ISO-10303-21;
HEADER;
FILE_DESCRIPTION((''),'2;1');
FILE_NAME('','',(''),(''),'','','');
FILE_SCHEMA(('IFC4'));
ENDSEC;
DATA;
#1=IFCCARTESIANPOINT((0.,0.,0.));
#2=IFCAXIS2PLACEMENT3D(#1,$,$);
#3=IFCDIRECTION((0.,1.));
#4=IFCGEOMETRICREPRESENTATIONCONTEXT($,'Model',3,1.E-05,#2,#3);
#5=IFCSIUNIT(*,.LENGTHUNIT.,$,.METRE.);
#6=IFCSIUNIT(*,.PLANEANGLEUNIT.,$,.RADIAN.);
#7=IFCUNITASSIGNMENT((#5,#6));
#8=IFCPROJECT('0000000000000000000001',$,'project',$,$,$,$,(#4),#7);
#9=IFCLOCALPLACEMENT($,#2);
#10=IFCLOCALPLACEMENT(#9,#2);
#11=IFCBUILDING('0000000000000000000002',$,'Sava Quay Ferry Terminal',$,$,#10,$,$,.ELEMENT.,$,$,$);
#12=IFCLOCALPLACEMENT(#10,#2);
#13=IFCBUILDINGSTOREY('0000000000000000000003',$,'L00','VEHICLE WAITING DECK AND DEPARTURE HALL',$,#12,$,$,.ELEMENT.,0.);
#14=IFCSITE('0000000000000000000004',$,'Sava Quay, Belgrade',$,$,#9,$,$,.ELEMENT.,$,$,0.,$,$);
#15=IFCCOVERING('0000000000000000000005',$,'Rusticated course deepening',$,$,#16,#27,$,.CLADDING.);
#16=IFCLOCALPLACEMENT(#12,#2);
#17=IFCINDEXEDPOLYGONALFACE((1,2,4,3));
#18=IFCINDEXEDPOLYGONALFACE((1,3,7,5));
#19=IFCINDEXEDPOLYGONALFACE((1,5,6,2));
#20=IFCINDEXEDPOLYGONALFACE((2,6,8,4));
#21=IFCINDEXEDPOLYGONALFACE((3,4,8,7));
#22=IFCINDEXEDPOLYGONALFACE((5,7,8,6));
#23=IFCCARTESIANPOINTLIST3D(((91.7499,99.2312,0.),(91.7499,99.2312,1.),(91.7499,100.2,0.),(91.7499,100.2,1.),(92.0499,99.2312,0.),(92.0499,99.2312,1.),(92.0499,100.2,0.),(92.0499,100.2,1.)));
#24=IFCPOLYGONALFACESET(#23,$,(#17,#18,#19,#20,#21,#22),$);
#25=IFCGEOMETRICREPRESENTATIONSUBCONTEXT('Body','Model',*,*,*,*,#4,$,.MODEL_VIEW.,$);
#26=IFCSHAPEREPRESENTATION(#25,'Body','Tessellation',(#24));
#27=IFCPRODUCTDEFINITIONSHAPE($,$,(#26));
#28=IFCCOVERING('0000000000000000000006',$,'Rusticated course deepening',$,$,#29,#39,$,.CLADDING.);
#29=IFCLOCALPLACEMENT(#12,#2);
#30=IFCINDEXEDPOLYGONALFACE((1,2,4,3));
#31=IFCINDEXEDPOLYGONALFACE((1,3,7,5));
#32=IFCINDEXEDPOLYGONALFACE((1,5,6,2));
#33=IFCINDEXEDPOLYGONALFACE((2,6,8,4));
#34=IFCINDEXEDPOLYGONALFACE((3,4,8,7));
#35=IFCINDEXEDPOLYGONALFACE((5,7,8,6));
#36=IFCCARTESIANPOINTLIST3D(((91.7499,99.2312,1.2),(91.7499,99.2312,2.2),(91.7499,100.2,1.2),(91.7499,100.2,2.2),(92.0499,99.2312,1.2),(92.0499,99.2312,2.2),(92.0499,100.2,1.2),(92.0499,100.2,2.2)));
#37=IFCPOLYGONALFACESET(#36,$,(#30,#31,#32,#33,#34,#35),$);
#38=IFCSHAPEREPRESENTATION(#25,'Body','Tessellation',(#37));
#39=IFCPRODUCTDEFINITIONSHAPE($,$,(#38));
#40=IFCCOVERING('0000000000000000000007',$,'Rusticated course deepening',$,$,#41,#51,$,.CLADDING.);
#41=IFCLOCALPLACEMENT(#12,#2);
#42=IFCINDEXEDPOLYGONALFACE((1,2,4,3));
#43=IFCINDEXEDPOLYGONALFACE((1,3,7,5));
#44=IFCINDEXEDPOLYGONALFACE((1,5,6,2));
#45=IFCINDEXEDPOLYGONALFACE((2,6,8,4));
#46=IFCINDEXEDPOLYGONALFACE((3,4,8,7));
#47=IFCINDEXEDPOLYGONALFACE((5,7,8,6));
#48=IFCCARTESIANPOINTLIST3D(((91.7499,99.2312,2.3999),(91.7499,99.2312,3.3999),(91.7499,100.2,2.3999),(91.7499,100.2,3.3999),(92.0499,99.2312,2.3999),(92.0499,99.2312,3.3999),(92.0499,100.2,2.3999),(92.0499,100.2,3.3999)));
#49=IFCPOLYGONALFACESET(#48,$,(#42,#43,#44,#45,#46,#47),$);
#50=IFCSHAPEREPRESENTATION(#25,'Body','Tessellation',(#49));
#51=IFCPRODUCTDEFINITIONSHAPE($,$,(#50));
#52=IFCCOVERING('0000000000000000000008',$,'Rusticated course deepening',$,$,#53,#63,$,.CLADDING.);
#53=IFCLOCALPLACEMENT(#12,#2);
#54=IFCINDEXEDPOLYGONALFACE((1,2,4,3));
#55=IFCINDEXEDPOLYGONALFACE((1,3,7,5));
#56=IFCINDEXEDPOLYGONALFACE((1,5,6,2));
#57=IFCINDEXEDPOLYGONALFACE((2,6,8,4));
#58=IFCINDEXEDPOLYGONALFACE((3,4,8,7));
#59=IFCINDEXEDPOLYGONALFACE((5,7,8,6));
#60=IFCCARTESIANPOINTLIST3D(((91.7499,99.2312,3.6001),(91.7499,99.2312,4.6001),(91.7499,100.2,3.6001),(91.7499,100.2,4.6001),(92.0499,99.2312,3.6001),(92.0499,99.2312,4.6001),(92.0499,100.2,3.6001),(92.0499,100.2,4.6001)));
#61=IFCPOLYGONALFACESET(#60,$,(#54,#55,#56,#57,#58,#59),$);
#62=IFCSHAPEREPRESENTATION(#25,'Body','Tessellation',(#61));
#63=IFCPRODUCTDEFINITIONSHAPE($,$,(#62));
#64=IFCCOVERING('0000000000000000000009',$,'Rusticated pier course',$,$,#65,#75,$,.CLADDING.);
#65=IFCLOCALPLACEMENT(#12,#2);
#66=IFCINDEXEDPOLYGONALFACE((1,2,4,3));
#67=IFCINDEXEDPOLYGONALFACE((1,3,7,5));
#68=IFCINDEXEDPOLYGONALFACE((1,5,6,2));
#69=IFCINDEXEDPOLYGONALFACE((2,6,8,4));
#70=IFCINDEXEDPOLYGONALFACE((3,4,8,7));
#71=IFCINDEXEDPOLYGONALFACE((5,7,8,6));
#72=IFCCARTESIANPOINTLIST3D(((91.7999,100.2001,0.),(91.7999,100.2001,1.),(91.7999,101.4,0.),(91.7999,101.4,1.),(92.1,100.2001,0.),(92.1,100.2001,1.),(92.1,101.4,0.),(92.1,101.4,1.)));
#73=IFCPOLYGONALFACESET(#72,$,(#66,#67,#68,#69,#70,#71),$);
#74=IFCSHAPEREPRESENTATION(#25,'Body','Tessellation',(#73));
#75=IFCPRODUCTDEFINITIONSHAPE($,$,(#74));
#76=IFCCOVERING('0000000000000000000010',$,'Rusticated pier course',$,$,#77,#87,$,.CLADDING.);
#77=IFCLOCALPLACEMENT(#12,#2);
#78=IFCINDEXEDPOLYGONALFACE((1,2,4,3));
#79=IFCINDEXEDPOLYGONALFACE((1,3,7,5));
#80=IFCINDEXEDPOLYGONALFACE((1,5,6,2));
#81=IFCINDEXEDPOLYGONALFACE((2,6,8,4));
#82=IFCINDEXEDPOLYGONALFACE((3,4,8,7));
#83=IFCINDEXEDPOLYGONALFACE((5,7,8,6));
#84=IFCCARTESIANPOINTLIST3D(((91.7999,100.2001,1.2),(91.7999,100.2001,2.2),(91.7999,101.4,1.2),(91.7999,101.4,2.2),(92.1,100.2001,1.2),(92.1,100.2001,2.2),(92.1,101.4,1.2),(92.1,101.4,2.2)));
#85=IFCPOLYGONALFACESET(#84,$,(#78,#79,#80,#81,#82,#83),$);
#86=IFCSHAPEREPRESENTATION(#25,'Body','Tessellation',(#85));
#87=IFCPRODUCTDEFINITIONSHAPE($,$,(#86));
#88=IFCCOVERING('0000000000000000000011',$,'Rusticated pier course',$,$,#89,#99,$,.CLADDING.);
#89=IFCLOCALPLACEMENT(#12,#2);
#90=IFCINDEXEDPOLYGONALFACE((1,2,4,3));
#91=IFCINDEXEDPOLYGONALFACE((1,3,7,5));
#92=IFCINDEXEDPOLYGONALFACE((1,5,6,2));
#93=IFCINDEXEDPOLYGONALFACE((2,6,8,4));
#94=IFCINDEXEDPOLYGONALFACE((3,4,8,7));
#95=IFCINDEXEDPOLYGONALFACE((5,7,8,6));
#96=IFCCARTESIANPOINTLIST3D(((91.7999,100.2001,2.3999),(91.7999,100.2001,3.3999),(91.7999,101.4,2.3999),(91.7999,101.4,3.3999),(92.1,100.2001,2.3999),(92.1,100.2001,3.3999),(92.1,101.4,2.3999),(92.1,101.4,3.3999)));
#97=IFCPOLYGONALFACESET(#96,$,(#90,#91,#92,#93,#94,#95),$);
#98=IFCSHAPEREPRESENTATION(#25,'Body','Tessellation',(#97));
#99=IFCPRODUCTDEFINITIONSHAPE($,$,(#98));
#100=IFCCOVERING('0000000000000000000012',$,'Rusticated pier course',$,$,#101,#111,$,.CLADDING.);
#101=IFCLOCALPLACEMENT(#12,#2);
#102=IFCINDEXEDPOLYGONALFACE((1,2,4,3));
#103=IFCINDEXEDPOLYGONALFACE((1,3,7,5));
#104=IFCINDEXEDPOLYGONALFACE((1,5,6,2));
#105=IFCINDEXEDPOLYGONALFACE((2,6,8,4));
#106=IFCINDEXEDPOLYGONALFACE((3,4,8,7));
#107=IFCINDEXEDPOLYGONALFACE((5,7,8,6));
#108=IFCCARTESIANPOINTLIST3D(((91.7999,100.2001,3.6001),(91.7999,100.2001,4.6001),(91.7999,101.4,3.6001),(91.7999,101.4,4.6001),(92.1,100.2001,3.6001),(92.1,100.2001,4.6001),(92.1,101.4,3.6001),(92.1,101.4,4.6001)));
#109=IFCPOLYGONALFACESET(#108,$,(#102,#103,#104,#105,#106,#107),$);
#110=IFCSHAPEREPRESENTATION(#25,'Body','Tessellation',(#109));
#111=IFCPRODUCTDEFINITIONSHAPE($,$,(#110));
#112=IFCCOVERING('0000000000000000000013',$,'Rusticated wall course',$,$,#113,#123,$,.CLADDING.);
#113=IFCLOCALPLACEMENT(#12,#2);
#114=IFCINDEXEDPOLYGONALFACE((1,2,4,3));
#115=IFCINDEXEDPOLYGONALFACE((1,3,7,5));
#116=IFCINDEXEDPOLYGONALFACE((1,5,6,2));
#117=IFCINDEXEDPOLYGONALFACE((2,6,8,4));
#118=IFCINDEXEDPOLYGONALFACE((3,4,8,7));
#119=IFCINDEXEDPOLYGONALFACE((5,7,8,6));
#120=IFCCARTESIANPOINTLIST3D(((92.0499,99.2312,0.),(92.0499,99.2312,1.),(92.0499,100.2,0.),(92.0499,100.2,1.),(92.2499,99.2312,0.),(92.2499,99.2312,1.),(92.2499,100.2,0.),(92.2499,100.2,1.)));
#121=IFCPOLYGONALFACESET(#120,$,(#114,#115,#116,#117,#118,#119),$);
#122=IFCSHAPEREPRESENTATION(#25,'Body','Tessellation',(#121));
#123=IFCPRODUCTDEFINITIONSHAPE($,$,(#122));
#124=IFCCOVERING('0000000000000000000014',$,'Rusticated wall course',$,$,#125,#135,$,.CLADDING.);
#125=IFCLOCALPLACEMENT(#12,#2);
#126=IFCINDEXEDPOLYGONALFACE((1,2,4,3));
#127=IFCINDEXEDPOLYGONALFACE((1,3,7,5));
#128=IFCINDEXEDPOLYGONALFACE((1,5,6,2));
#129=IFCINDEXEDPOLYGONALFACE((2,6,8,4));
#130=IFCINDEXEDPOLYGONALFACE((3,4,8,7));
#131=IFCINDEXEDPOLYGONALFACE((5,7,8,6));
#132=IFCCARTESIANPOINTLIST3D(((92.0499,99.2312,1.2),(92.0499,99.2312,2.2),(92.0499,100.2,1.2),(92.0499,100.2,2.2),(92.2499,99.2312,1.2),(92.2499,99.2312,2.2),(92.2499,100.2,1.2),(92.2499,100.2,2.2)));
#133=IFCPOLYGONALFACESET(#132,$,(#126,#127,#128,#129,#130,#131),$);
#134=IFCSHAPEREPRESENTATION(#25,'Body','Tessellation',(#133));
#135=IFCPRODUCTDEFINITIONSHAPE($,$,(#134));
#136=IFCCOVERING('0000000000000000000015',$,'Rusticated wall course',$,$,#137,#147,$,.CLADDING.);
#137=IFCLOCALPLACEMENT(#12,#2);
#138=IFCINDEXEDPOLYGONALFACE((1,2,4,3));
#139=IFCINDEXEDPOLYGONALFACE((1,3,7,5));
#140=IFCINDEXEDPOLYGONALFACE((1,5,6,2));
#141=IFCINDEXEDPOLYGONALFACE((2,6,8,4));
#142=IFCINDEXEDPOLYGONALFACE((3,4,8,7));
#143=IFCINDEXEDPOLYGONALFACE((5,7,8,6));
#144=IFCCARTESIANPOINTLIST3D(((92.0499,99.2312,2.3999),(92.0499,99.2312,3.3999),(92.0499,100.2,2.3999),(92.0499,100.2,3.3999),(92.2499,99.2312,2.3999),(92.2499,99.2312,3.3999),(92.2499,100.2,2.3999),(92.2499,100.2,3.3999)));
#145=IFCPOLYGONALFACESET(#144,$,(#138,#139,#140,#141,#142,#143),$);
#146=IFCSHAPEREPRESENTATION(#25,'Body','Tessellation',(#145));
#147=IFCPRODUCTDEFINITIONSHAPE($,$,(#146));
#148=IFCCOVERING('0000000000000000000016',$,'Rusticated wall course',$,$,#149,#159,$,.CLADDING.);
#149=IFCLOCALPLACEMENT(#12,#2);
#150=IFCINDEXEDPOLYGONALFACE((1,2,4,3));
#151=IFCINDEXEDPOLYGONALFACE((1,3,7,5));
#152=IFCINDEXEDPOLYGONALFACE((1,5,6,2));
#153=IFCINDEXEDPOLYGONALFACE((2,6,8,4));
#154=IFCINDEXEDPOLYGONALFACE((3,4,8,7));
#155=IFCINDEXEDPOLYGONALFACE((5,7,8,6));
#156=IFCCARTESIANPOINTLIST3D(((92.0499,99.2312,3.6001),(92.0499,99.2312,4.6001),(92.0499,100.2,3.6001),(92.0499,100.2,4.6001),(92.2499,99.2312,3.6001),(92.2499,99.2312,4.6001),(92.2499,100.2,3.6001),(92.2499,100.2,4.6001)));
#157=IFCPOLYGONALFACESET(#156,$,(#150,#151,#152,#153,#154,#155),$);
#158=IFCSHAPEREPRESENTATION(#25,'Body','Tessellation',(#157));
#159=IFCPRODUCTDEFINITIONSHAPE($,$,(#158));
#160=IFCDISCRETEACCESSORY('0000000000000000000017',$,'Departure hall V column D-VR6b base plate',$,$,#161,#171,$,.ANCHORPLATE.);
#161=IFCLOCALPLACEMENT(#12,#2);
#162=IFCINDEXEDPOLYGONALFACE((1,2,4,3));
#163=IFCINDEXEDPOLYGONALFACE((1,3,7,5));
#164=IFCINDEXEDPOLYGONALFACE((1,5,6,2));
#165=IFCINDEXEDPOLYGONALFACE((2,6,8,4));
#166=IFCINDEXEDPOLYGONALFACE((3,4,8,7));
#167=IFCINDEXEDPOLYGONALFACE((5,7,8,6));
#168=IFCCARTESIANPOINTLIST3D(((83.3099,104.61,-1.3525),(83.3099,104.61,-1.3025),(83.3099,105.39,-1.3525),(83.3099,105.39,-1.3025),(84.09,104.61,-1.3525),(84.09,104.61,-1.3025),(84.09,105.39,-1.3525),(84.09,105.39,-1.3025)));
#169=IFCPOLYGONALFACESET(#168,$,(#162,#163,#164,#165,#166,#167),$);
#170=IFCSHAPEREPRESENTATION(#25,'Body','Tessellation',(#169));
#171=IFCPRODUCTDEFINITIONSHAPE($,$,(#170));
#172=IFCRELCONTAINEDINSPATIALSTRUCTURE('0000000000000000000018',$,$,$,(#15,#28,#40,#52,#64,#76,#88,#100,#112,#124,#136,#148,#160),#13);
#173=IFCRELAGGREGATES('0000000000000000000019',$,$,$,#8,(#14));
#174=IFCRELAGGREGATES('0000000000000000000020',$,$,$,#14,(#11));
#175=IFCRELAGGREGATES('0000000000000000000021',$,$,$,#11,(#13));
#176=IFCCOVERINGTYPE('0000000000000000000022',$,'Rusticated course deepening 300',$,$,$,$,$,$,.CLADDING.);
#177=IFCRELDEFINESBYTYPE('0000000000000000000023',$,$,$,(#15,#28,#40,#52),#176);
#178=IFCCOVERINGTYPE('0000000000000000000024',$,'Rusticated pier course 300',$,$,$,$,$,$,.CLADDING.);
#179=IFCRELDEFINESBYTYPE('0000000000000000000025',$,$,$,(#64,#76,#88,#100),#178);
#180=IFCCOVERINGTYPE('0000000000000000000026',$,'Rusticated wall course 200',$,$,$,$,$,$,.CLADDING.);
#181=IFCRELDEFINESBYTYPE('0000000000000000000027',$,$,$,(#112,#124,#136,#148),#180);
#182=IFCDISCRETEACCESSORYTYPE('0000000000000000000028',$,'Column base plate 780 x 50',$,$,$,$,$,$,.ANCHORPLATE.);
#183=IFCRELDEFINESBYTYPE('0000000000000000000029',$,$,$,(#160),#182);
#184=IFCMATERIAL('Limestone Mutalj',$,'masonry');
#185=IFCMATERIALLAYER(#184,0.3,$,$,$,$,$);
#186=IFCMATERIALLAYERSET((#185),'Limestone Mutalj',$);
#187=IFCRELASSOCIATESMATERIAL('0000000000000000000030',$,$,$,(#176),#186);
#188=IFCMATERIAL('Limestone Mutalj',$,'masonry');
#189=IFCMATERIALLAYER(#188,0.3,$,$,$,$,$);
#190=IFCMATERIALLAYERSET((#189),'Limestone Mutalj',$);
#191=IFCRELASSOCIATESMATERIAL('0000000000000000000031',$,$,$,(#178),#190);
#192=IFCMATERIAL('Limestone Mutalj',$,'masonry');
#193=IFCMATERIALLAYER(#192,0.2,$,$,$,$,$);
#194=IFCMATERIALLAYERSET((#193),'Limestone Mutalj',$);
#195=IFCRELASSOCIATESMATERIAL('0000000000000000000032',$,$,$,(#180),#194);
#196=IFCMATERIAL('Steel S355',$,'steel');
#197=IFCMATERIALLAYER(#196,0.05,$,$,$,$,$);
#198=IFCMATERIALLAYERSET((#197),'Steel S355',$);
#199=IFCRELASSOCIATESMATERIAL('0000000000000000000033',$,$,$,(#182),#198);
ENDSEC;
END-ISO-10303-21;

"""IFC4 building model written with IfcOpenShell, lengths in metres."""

from ifc_helpers import new_model, si_unit, direction, frame, origin, origin_2d, place, context, subcontext, project, spatial, rectangle, extrude, material, layer, layer_set, type_object, element, save


model = new_model("IFC4")

# Units and contexts
model_context = context("Model", 3, precision=1e-05, world=origin(), true_north=direction((0.0, 1.0)))
body_context = subcontext(model_context, "Body", "Model", "MODEL_VIEW")
ifc_project = project(units=[si_unit("LENGTHUNIT", "METRE"), si_unit("PLANEANGLEUNIT", "RADIAN")], contexts=[model_context])

# Site, building, storey
site_placement = place(None, origin())
site = spatial("IfcSite", under=ifc_project, at=site_placement, Name="Sava Quay, Belgrade", CompositionType="ELEMENT", RefElevation=0.0)
building_placement = place(site_placement, origin())
building = spatial("IfcBuilding", under=site, at=building_placement, Name="Sava Quay Ferry Terminal", CompositionType="ELEMENT")
storey_placement = place(building_placement, origin())
storey = spatial("IfcBuildingStorey", under=building, at=storey_placement, Name="L00", Description="VEHICLE WAITING DECK AND DEPARTURE HALL", CompositionType="ELEMENT", Elevation=0.0)

# Coverings
ifc_material_1 = material(Name="Limestone Mutalj", Category="masonry")
ifc_layer_1 = layer(ifc_material_1, 0.3)
ifc_layer_set_1 = layer_set([ifc_layer_1], Name="Limestone Mutalj")
covering_type_1 = type_object("IfcCoveringType", Name="Rusticated course deepening 300", PredefinedType="CLADDING", material=ifc_layer_set_1)
for number, where, z_axis, x_axis, name in (
    (1, (91.8999, 99.7156, 0.0), (0.0, 0.0, 1.0), (1.0, 0.0, 0.0), "Rusticated course deepening"),
    (2, (91.8999, 99.7156, 1.2), (0.0, 0.0, 1.0), (1.0, 0.0, 0.0), "Rusticated course deepening"),
    (3, (91.8999, 99.7156, 2.3999), (0.0, 0.0, 1.0), (1.0, 0.0, 0.0), "Rusticated course deepening"),
    (4, (91.8999, 99.7156, 3.6001), (0.0, 0.0, 1.0), (1.0, 0.0, 0.0), "Rusticated course deepening"),
):
    element("IfcCovering", number, at=place(storey_placement, frame(where, z_axis=z_axis, x_axis=x_axis)), inside=storey, type_object=covering_type_1, Name=name, PredefinedType="CLADDING", context=body_context, shape_type="SweptSolid", body=[
        extrude(rectangle(XDim=0.3, YDim=0.9688, at=origin_2d()), origin(), (0.0, 0.0, 1.0), 1.0),
    ])
ifc_material_2 = material(Name="Limestone Mutalj", Category="masonry")
ifc_layer_2 = layer(ifc_material_2, 0.3)
ifc_layer_set_2 = layer_set([ifc_layer_2], Name="Limestone Mutalj")
covering_type_2 = type_object("IfcCoveringType", Name="Rusticated pier course 300", PredefinedType="CLADDING", material=ifc_layer_set_2)
for number, where, z_axis, x_axis, name in (
    (5, (91.95, 100.8, 0.0), (0.0, 0.0, 1.0), (1.0, 0.0, 0.0), "Rusticated pier course"),
    (6, (91.95, 100.8, 1.2), (0.0, 0.0, 1.0), (1.0, 0.0, 0.0), "Rusticated pier course"),
    (7, (91.95, 100.8, 2.3999), (0.0, 0.0, 1.0), (1.0, 0.0, 0.0), "Rusticated pier course"),
    (8, (91.95, 100.8, 3.6001), (0.0, 0.0, 1.0), (1.0, 0.0, 0.0), "Rusticated pier course"),
):
    element("IfcCovering", number, at=place(storey_placement, frame(where, z_axis=z_axis, x_axis=x_axis)), inside=storey, type_object=covering_type_2, Name=name, PredefinedType="CLADDING", context=body_context, shape_type="SweptSolid", body=[
        extrude(rectangle(XDim=0.3, YDim=1.2, at=origin_2d()), origin(), (0.0, 0.0, 1.0), 1.0),
    ])
ifc_material_3 = material(Name="Limestone Mutalj", Category="masonry")
ifc_layer_3 = layer(ifc_material_3, 0.2)
ifc_layer_set_3 = layer_set([ifc_layer_3], Name="Limestone Mutalj")
covering_type_3 = type_object("IfcCoveringType", Name="Rusticated wall course 200", PredefinedType="CLADDING", material=ifc_layer_set_3)
for number, where, z_axis, x_axis, name in (
    (9, (92.1499, 99.7156, 0.0), (0.0, 0.0, 1.0), (1.0, 0.0, 0.0), "Rusticated wall course"),
    (10, (92.1499, 99.7156, 1.2), (0.0, 0.0, 1.0), (1.0, 0.0, 0.0), "Rusticated wall course"),
    (11, (92.1499, 99.7156, 2.3999), (0.0, 0.0, 1.0), (1.0, 0.0, 0.0), "Rusticated wall course"),
    (12, (92.1499, 99.7156, 3.6001), (0.0, 0.0, 1.0), (1.0, 0.0, 0.0), "Rusticated wall course"),
):
    element("IfcCovering", number, at=place(storey_placement, frame(where, z_axis=z_axis, x_axis=x_axis)), inside=storey, type_object=covering_type_3, Name=name, PredefinedType="CLADDING", context=body_context, shape_type="SweptSolid", body=[
        extrude(rectangle(XDim=0.2, YDim=0.9688, at=origin_2d()), origin(), (0.0, 0.0, 1.0), 1.0),
    ])

# Discrete accessory
ifc_material_4 = material(Name="Steel S355", Category="steel")
ifc_layer_4 = layer(ifc_material_4, 0.05)
ifc_layer_set_4 = layer_set([ifc_layer_4], Name="Steel S355")
discrete_accessory_type = type_object("IfcDiscreteAccessoryType", Name="Column base plate 780 x 50", PredefinedType="ANCHORPLATE", material=ifc_layer_set_4)
discrete_accessory_placement = place(storey_placement, frame((83.7, 105.0, -1.3525), z_axis=(0.0, 0.0, 1.0), x_axis=(1.0, 0.0, 0.0)))
element("IfcDiscreteAccessory", 13, at=discrete_accessory_placement, inside=storey, type_object=discrete_accessory_type, Name="Departure hall V column D-VR6b base plate", PredefinedType="ANCHORPLATE", context=body_context, shape_type="SweptSolid", body=[
    extrude(rectangle(XDim=0.78, YDim=0.78, at=origin_2d()), origin(), (0.0, 0.0, 1.0), 0.05),
])

save(model, "model.ifc")
